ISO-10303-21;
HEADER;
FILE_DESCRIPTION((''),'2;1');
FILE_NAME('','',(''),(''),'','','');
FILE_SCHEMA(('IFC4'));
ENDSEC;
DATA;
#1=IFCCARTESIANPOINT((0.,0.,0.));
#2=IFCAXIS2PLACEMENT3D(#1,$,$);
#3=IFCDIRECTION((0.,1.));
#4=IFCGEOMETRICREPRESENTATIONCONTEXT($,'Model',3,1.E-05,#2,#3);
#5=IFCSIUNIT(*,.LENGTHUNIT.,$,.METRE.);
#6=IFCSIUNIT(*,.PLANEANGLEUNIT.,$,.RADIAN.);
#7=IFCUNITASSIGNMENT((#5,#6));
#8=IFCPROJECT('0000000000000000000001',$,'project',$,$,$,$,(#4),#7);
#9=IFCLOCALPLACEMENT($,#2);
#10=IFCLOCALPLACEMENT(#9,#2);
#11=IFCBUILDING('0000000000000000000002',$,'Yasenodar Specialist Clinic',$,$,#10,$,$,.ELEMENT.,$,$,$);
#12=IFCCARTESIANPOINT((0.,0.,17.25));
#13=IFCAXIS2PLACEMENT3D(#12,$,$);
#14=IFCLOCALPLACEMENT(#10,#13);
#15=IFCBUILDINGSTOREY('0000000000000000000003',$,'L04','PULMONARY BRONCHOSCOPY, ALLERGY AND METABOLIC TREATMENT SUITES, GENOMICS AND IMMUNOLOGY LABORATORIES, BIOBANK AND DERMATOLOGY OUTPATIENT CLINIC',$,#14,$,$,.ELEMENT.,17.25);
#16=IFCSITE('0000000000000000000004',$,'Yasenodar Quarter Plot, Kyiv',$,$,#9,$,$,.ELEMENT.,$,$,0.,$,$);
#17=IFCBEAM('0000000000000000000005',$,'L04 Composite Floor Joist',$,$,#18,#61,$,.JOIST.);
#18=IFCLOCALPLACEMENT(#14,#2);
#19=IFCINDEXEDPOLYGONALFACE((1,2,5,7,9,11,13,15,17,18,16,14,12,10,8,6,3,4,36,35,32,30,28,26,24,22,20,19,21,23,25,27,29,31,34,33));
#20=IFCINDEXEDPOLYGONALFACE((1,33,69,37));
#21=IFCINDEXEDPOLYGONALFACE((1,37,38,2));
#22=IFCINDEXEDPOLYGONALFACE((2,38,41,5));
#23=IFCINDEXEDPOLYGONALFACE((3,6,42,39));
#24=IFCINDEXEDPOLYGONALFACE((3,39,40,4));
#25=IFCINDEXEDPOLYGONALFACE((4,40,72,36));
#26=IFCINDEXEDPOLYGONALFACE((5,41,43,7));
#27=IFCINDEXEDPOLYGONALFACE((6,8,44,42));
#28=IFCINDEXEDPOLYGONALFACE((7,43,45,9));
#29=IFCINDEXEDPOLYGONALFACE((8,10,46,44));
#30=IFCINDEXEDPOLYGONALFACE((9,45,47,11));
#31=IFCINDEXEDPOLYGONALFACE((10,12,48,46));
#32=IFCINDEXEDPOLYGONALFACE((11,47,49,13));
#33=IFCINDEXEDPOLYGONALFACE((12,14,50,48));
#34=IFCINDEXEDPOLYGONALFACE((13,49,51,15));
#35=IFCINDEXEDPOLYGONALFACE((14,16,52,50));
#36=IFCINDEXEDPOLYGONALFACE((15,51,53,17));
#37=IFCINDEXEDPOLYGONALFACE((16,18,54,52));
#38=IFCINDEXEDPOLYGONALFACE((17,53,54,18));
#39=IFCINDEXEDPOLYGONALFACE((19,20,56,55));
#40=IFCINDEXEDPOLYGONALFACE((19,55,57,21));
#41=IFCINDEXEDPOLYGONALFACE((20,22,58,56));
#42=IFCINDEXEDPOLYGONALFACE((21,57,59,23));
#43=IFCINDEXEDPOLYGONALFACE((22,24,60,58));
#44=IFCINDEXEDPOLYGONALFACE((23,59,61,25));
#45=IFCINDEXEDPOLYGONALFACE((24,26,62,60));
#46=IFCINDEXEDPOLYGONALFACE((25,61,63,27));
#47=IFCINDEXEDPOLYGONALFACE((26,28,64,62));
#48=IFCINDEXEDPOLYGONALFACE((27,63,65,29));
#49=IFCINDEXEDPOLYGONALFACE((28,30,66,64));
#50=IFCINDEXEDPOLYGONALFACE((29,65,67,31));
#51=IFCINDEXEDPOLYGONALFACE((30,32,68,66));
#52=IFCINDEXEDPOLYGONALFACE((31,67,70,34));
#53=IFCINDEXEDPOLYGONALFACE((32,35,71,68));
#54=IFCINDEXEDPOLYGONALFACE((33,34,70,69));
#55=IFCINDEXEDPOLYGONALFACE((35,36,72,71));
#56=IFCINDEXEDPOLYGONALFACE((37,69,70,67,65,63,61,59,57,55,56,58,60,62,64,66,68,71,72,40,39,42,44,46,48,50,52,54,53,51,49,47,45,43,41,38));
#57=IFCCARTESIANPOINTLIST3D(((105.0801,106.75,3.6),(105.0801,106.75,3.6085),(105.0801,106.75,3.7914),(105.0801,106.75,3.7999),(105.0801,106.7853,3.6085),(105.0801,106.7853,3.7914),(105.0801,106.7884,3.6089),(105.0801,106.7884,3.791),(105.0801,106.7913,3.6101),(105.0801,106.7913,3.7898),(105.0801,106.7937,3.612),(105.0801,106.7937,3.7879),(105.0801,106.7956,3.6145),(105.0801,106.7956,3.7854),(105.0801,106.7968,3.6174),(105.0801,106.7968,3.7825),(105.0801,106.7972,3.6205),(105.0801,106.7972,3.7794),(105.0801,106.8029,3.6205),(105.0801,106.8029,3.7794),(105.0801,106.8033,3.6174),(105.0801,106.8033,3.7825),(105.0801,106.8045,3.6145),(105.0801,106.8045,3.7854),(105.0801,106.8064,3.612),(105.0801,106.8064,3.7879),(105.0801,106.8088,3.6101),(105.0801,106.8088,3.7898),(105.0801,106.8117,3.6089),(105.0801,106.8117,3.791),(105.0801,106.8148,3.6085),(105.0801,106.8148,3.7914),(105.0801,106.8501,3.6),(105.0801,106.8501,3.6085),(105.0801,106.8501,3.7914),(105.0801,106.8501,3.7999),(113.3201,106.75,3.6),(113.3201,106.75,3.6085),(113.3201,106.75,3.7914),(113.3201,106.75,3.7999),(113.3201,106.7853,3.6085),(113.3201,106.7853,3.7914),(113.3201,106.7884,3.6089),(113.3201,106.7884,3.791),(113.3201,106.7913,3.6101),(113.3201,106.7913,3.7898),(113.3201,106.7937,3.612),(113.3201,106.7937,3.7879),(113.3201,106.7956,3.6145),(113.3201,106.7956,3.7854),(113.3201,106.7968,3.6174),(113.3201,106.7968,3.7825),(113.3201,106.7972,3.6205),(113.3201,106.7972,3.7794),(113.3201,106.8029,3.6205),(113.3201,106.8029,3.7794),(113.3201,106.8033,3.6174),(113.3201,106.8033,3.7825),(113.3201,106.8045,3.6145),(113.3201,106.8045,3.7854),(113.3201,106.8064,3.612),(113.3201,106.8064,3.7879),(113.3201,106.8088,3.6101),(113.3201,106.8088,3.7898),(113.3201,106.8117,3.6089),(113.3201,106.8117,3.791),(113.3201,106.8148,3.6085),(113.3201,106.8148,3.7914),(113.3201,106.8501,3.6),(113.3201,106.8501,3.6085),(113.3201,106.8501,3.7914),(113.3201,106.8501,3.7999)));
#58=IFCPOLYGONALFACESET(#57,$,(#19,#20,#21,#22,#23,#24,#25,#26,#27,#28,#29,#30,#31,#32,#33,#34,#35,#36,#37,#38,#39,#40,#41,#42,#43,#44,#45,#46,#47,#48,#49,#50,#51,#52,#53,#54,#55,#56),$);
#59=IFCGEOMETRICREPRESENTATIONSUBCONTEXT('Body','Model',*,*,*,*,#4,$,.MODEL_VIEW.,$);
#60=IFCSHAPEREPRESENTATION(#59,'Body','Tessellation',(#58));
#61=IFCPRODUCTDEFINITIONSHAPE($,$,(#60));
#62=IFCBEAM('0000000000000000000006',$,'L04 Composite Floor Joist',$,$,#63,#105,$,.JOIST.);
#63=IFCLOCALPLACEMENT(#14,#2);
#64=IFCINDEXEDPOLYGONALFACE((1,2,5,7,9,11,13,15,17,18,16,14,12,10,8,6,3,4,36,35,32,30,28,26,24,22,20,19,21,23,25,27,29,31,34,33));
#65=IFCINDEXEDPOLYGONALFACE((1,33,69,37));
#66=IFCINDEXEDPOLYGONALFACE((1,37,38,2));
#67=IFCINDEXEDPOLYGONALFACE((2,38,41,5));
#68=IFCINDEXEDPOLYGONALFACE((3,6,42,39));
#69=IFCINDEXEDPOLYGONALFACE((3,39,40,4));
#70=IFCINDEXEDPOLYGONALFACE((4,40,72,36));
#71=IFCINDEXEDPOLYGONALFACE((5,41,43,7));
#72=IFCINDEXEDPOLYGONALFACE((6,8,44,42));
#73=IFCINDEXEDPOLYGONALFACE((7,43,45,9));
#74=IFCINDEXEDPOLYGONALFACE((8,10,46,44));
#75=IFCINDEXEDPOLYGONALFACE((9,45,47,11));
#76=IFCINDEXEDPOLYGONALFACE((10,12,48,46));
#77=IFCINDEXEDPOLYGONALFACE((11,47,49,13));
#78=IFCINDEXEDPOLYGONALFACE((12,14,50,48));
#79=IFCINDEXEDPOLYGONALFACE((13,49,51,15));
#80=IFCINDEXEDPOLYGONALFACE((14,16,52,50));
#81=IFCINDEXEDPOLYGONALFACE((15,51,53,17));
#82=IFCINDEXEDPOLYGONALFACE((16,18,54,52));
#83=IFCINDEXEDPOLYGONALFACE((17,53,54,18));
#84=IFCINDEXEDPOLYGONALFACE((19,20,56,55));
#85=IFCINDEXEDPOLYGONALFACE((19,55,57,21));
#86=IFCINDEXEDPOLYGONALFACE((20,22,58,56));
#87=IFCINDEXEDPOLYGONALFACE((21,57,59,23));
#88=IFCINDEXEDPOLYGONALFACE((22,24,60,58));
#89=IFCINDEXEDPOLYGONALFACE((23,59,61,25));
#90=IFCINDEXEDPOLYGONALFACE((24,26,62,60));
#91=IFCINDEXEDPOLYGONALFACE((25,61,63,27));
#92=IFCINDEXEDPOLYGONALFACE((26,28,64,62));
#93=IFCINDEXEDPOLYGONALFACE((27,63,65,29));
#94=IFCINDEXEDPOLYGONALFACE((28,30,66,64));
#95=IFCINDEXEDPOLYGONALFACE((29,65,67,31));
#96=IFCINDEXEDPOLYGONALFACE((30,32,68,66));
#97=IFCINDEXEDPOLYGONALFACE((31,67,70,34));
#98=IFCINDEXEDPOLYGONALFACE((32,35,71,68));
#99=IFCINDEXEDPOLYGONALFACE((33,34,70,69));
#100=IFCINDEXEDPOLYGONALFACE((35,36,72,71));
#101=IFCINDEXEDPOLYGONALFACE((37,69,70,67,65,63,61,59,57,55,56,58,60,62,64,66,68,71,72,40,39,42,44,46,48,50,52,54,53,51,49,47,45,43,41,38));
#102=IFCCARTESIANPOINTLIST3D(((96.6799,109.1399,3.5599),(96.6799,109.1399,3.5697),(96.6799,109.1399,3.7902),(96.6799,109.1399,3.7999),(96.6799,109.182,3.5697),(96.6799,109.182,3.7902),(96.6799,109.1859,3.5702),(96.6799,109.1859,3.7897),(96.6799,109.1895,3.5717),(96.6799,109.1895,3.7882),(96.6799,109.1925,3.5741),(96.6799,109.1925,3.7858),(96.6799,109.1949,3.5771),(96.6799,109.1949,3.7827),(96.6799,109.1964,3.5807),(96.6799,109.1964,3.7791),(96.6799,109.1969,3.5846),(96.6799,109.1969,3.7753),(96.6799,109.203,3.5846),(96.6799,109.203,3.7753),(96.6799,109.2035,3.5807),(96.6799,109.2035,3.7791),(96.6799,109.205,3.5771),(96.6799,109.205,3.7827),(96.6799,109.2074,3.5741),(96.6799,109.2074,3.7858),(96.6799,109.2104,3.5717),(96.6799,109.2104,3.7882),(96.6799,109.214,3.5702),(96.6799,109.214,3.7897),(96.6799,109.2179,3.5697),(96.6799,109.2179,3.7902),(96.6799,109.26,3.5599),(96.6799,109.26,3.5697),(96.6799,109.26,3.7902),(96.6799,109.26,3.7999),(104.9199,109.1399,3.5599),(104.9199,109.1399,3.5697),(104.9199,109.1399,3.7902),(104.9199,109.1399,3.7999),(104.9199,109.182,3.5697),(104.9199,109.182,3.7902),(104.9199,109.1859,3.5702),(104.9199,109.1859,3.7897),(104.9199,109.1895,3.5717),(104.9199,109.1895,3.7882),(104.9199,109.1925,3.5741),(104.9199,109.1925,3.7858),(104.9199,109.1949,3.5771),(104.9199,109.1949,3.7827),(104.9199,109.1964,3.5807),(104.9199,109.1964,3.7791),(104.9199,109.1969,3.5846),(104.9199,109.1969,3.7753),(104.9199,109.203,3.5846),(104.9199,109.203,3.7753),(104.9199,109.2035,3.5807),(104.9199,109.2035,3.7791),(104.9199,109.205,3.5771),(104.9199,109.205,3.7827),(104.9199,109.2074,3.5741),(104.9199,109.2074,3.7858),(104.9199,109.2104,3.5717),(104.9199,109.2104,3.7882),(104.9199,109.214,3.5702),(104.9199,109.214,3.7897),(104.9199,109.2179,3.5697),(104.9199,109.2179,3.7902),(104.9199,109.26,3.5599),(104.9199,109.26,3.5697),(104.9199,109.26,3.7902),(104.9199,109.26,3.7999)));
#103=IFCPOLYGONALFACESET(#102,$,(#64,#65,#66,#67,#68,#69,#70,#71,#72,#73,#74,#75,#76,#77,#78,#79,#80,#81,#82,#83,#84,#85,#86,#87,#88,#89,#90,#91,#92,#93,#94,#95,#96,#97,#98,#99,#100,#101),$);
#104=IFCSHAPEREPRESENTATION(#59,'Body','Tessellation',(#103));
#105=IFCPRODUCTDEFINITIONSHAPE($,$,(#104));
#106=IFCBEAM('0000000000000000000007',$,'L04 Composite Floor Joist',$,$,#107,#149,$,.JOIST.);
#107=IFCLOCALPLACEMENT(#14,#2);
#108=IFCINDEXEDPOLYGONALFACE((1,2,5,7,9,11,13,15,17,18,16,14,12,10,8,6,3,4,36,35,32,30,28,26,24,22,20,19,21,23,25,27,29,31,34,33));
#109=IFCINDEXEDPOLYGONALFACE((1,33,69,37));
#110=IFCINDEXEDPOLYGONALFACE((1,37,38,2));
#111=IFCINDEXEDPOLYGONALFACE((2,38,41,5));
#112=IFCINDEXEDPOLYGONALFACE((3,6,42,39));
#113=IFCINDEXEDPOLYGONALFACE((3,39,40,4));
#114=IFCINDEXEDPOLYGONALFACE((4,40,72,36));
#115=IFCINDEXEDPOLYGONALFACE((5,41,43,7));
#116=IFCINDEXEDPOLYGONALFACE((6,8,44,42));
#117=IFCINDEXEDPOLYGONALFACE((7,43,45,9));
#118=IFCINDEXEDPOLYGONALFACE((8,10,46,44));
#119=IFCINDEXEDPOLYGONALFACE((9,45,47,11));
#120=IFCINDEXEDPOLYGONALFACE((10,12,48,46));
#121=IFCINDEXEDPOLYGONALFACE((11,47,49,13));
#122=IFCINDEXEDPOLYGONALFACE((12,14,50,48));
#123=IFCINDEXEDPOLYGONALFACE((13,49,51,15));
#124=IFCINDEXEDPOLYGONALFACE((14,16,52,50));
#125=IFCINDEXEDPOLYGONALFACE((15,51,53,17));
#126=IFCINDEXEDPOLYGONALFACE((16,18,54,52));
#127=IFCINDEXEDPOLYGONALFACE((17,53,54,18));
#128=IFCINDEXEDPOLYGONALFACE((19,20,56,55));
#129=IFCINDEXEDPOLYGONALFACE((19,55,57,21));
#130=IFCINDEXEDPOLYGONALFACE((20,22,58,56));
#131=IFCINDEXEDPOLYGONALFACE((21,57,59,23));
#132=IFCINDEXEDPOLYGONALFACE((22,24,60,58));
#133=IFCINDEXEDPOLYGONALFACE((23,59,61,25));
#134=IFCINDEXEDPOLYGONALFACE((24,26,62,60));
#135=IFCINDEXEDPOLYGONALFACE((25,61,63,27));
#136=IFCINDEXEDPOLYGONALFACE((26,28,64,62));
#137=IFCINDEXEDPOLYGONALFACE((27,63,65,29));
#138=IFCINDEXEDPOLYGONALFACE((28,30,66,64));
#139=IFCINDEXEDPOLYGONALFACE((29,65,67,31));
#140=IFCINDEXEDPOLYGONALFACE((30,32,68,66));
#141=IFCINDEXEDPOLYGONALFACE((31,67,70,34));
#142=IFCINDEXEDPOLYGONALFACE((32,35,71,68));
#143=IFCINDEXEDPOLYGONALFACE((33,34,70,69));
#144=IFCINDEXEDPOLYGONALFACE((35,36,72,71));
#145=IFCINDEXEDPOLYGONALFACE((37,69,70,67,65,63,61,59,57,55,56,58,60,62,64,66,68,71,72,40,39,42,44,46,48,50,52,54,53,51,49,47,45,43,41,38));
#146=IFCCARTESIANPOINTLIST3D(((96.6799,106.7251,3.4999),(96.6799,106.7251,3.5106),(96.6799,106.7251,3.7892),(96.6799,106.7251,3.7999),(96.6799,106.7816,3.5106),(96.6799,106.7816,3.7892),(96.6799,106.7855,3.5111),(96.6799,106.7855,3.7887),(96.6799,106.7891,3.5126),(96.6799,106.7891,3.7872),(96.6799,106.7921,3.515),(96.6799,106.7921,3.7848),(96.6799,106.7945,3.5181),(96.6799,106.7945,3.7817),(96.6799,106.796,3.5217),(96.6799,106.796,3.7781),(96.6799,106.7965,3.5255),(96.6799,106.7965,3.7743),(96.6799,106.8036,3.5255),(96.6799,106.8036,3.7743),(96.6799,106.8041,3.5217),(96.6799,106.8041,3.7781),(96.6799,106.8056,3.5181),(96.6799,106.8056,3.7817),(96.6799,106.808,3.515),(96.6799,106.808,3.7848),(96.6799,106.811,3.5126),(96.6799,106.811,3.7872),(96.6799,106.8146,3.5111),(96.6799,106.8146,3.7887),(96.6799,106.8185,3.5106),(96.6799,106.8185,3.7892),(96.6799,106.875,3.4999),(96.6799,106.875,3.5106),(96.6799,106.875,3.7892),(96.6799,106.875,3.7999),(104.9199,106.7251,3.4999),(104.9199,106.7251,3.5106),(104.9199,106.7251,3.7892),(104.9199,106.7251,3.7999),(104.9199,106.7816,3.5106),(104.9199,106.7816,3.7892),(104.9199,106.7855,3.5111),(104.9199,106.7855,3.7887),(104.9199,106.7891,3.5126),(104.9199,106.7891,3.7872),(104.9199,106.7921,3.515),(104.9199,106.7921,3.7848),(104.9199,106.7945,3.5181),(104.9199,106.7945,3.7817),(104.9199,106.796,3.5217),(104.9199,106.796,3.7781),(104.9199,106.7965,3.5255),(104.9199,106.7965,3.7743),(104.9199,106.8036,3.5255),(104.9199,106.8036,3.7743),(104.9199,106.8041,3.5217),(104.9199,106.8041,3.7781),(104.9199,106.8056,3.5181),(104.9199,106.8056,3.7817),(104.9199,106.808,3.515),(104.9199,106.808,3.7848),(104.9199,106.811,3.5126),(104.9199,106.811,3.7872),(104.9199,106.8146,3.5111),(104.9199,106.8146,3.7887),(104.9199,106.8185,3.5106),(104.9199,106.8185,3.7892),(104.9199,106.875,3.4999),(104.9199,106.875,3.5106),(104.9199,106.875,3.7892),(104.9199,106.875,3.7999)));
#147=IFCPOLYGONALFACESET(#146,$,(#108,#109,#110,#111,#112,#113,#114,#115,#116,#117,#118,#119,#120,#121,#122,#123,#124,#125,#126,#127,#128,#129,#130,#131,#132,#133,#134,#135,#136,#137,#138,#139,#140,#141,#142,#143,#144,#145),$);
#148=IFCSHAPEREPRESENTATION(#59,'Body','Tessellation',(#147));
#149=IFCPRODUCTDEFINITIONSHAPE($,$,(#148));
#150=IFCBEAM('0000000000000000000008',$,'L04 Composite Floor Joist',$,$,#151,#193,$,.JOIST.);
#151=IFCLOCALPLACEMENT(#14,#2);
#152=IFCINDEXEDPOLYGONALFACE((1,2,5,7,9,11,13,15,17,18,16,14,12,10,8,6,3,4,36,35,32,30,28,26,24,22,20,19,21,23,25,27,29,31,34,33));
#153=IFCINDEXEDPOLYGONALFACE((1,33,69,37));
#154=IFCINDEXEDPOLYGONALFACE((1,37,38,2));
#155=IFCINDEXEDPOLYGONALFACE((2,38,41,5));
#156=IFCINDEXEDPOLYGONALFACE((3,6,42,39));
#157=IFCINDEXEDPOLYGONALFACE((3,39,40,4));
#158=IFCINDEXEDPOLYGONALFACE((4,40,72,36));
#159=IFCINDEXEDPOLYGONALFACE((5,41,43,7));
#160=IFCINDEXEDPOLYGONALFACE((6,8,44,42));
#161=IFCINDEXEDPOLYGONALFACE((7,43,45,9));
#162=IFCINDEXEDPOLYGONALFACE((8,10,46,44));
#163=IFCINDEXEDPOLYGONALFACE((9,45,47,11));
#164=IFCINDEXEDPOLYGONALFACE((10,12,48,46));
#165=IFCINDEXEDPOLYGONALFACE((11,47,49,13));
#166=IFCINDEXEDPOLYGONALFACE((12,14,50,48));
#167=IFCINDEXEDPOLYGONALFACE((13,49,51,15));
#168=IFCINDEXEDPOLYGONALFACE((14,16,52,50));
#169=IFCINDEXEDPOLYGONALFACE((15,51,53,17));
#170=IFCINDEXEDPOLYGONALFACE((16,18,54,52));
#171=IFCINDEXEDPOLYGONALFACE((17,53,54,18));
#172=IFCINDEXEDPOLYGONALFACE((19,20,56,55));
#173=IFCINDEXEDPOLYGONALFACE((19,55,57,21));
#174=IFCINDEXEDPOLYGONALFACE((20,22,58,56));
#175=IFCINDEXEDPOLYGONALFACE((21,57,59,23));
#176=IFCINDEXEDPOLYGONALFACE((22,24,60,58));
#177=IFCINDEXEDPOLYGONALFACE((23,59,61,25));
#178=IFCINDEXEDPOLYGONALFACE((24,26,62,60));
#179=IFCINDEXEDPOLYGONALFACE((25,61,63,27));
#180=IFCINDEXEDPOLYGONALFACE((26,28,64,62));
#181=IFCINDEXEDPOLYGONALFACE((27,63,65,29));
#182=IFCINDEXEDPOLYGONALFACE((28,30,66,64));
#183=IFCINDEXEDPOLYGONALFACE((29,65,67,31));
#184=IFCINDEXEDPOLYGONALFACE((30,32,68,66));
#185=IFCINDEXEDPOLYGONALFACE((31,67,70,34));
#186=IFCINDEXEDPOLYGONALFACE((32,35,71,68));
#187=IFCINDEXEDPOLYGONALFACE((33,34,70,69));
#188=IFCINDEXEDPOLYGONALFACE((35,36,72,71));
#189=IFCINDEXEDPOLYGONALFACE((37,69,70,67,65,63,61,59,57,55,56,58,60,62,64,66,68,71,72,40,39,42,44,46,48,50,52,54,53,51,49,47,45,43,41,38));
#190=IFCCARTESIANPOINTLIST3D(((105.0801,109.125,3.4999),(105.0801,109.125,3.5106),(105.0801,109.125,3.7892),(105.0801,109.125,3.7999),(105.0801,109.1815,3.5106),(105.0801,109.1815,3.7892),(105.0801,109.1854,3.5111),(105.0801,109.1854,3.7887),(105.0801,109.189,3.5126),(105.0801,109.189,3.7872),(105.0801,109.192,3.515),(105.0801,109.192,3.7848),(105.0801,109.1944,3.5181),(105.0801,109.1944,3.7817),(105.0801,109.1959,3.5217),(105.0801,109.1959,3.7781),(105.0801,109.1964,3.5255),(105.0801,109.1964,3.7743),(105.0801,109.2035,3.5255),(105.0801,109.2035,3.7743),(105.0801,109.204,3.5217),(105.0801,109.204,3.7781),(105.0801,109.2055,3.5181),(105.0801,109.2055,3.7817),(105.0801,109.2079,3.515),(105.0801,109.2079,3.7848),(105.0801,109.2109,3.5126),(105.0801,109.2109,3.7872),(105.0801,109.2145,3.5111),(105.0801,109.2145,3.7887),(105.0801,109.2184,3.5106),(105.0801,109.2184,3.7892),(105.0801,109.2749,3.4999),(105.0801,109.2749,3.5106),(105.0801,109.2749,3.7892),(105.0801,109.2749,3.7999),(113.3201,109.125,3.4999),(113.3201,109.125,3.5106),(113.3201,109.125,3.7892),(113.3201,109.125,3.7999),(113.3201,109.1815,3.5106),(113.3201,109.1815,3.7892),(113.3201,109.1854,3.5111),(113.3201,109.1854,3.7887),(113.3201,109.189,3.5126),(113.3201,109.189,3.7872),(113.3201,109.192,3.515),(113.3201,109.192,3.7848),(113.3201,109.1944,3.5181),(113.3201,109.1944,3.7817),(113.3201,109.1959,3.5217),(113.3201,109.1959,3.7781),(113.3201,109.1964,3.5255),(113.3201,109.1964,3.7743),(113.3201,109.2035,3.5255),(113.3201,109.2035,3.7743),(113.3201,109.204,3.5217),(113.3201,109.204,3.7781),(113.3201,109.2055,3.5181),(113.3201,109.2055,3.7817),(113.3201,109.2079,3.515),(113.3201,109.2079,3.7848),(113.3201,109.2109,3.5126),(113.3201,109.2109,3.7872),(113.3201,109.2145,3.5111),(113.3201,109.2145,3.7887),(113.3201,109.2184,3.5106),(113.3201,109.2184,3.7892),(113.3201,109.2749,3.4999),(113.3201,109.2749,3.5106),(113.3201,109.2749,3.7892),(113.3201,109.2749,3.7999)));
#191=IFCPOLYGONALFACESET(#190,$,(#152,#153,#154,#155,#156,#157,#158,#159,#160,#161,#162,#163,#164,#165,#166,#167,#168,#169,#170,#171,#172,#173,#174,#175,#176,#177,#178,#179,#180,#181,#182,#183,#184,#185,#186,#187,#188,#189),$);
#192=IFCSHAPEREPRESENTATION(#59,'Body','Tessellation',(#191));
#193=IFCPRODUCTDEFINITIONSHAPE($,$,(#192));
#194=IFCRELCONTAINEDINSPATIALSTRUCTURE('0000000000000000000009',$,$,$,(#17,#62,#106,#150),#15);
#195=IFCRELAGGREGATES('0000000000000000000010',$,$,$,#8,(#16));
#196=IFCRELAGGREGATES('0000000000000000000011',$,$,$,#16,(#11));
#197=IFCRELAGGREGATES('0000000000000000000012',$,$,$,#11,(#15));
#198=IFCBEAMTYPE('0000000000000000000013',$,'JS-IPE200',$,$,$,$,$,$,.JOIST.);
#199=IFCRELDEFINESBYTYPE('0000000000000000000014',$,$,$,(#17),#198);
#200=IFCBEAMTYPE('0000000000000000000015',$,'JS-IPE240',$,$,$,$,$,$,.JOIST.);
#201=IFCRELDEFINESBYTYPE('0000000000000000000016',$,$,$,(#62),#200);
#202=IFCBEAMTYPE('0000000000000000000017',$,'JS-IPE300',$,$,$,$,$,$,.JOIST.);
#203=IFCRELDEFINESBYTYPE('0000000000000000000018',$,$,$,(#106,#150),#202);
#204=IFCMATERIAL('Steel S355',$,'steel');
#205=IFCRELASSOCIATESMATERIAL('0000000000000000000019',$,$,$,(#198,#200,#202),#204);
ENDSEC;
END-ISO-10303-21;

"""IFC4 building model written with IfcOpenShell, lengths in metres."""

from ifc_helpers import new_model, si_unit, direction, frame, origin, origin_2d, place, context, subcontext, project, spatial, i_section, extrude, material, material_profile, profile_set, type_object, element, save


model = new_model("IFC4")

# Units and contexts
model_context = context("Model", 3, precision=1e-05, world=origin(), true_north=direction((0.0, 1.0)))
body_context = subcontext(model_context, "Body", "Model", "MODEL_VIEW")
ifc_project = project(units=[si_unit("LENGTHUNIT", "METRE"), si_unit("PLANEANGLEUNIT", "RADIAN")], contexts=[model_context])

# Site, building, storey
site_placement = place(None, origin())
site = spatial("IfcSite", under=ifc_project, at=site_placement, Name="Yasenodar Quarter Plot, Kyiv", CompositionType="ELEMENT", RefElevation=0.0)
building_placement = place(site_placement, origin())
building = spatial("IfcBuilding", under=site, at=building_placement, Name="Yasenodar Specialist Clinic", CompositionType="ELEMENT")
storey_placement = place(building_placement, frame((0.0, 0.0, 17.25)))
storey = spatial("IfcBuildingStorey", under=building, at=storey_placement, Name="L04", Description="PULMONARY BRONCHOSCOPY, ALLERGY AND METABOLIC TREATMENT SUITES, GENOMICS AND IMMUNOLOGY LABORATORIES, BIOBANK AND DERMATOLOGY OUTPATIENT CLINIC", CompositionType="ELEMENT", Elevation=17.25)

# Shared definitions
ifc_material_1 = material(Name="Steel S355", Category="steel")

# Beams
ifc_material_profile_1 = material_profile(ifc_material_1, i_section(OverallWidth=0.1001, OverallDepth=0.2, WebThickness=0.0056, FlangeThickness=0.0085, FilletRadius=0.012, at=origin_2d()), Name="IPE 200")
ifc_profile_set_1 = profile_set([ifc_material_profile_1], Name="Steel S355")
beam_type_1 = type_object("IfcBeamType", Name="JS-IPE200", PredefinedType="JOIST", material=ifc_profile_set_1)
beam_1_placement = place(storey_placement, frame((105.0801, 106.8, 3.7), z_axis=(1.0, 0.0, 0.0), x_axis=(0.0, 1.0, 0.0)))
element("IfcBeam", 1, at=beam_1_placement, inside=storey, type_object=beam_type_1, Name="L04 Composite Floor Joist", PredefinedType="JOIST", context=body_context, shape_type="SweptSolid", body=[
    extrude(i_section(OverallWidth=0.1001, OverallDepth=0.2, WebThickness=0.0056, FlangeThickness=0.0085, FilletRadius=0.012, at=origin_2d()), origin(), (0.0, 0.0, 1.0), 8.24),
])
ifc_material_profile_2 = material_profile(ifc_material_1, i_section(OverallWidth=0.1201, OverallDepth=0.24, WebThickness=0.0061, FlangeThickness=0.0098, FilletRadius=0.0149, at=origin_2d()), Name="IPE 240")
ifc_profile_set_2 = profile_set([ifc_material_profile_2], Name="Steel S355")
beam_type_2 = type_object("IfcBeamType", Name="JS-IPE240", PredefinedType="JOIST", material=ifc_profile_set_2)
beam_2_placement = place(storey_placement, frame((96.6799, 109.2, 3.6799), z_axis=(1.0, 0.0, 0.0), x_axis=(0.0, 1.0, 0.0)))
element("IfcBeam", 2, at=beam_2_placement, inside=storey, type_object=beam_type_2, Name="L04 Composite Floor Joist", PredefinedType="JOIST", context=body_context, shape_type="SweptSolid", body=[
    extrude(i_section(OverallWidth=0.1201, OverallDepth=0.24, WebThickness=0.0061, FlangeThickness=0.0098, FilletRadius=0.0149, at=origin_2d()), origin(), (0.0, 0.0, 1.0), 8.24),
])
ifc_material_profile_3 = material_profile(ifc_material_1, i_section(OverallWidth=0.1499, OverallDepth=0.3, WebThickness=0.0071, FlangeThickness=0.0107, FilletRadius=0.0149, at=origin_2d()), Name="IPE 300")
ifc_profile_set_3 = profile_set([ifc_material_profile_3], Name="Steel S355")
beam_type_3 = type_object("IfcBeamType", Name="JS-IPE300", PredefinedType="JOIST", material=ifc_profile_set_3)
for number, where, z_axis, x_axis, name in (
    (3, (96.6799, 106.8, 3.6499), (1.0, 0.0, 0.0), (0.0, 1.0, 0.0), "L04 Composite Floor Joist"),
    (4, (105.0801, 109.2, 3.6499), (1.0, 0.0, 0.0), (0.0, 1.0, 0.0), "L04 Composite Floor Joist"),
):
    element("IfcBeam", number, at=place(storey_placement, frame(where, z_axis=z_axis, x_axis=x_axis)), inside=storey, type_object=beam_type_3, Name=name, PredefinedType="JOIST", context=body_context, shape_type="SweptSolid", body=[
        extrude(i_section(OverallWidth=0.1499, OverallDepth=0.3, WebThickness=0.0071, FlangeThickness=0.0107, FilletRadius=0.0149, at=origin_2d()), origin(), (0.0, 0.0, 1.0), 8.24),
    ])

save(model, "model.ifc")
